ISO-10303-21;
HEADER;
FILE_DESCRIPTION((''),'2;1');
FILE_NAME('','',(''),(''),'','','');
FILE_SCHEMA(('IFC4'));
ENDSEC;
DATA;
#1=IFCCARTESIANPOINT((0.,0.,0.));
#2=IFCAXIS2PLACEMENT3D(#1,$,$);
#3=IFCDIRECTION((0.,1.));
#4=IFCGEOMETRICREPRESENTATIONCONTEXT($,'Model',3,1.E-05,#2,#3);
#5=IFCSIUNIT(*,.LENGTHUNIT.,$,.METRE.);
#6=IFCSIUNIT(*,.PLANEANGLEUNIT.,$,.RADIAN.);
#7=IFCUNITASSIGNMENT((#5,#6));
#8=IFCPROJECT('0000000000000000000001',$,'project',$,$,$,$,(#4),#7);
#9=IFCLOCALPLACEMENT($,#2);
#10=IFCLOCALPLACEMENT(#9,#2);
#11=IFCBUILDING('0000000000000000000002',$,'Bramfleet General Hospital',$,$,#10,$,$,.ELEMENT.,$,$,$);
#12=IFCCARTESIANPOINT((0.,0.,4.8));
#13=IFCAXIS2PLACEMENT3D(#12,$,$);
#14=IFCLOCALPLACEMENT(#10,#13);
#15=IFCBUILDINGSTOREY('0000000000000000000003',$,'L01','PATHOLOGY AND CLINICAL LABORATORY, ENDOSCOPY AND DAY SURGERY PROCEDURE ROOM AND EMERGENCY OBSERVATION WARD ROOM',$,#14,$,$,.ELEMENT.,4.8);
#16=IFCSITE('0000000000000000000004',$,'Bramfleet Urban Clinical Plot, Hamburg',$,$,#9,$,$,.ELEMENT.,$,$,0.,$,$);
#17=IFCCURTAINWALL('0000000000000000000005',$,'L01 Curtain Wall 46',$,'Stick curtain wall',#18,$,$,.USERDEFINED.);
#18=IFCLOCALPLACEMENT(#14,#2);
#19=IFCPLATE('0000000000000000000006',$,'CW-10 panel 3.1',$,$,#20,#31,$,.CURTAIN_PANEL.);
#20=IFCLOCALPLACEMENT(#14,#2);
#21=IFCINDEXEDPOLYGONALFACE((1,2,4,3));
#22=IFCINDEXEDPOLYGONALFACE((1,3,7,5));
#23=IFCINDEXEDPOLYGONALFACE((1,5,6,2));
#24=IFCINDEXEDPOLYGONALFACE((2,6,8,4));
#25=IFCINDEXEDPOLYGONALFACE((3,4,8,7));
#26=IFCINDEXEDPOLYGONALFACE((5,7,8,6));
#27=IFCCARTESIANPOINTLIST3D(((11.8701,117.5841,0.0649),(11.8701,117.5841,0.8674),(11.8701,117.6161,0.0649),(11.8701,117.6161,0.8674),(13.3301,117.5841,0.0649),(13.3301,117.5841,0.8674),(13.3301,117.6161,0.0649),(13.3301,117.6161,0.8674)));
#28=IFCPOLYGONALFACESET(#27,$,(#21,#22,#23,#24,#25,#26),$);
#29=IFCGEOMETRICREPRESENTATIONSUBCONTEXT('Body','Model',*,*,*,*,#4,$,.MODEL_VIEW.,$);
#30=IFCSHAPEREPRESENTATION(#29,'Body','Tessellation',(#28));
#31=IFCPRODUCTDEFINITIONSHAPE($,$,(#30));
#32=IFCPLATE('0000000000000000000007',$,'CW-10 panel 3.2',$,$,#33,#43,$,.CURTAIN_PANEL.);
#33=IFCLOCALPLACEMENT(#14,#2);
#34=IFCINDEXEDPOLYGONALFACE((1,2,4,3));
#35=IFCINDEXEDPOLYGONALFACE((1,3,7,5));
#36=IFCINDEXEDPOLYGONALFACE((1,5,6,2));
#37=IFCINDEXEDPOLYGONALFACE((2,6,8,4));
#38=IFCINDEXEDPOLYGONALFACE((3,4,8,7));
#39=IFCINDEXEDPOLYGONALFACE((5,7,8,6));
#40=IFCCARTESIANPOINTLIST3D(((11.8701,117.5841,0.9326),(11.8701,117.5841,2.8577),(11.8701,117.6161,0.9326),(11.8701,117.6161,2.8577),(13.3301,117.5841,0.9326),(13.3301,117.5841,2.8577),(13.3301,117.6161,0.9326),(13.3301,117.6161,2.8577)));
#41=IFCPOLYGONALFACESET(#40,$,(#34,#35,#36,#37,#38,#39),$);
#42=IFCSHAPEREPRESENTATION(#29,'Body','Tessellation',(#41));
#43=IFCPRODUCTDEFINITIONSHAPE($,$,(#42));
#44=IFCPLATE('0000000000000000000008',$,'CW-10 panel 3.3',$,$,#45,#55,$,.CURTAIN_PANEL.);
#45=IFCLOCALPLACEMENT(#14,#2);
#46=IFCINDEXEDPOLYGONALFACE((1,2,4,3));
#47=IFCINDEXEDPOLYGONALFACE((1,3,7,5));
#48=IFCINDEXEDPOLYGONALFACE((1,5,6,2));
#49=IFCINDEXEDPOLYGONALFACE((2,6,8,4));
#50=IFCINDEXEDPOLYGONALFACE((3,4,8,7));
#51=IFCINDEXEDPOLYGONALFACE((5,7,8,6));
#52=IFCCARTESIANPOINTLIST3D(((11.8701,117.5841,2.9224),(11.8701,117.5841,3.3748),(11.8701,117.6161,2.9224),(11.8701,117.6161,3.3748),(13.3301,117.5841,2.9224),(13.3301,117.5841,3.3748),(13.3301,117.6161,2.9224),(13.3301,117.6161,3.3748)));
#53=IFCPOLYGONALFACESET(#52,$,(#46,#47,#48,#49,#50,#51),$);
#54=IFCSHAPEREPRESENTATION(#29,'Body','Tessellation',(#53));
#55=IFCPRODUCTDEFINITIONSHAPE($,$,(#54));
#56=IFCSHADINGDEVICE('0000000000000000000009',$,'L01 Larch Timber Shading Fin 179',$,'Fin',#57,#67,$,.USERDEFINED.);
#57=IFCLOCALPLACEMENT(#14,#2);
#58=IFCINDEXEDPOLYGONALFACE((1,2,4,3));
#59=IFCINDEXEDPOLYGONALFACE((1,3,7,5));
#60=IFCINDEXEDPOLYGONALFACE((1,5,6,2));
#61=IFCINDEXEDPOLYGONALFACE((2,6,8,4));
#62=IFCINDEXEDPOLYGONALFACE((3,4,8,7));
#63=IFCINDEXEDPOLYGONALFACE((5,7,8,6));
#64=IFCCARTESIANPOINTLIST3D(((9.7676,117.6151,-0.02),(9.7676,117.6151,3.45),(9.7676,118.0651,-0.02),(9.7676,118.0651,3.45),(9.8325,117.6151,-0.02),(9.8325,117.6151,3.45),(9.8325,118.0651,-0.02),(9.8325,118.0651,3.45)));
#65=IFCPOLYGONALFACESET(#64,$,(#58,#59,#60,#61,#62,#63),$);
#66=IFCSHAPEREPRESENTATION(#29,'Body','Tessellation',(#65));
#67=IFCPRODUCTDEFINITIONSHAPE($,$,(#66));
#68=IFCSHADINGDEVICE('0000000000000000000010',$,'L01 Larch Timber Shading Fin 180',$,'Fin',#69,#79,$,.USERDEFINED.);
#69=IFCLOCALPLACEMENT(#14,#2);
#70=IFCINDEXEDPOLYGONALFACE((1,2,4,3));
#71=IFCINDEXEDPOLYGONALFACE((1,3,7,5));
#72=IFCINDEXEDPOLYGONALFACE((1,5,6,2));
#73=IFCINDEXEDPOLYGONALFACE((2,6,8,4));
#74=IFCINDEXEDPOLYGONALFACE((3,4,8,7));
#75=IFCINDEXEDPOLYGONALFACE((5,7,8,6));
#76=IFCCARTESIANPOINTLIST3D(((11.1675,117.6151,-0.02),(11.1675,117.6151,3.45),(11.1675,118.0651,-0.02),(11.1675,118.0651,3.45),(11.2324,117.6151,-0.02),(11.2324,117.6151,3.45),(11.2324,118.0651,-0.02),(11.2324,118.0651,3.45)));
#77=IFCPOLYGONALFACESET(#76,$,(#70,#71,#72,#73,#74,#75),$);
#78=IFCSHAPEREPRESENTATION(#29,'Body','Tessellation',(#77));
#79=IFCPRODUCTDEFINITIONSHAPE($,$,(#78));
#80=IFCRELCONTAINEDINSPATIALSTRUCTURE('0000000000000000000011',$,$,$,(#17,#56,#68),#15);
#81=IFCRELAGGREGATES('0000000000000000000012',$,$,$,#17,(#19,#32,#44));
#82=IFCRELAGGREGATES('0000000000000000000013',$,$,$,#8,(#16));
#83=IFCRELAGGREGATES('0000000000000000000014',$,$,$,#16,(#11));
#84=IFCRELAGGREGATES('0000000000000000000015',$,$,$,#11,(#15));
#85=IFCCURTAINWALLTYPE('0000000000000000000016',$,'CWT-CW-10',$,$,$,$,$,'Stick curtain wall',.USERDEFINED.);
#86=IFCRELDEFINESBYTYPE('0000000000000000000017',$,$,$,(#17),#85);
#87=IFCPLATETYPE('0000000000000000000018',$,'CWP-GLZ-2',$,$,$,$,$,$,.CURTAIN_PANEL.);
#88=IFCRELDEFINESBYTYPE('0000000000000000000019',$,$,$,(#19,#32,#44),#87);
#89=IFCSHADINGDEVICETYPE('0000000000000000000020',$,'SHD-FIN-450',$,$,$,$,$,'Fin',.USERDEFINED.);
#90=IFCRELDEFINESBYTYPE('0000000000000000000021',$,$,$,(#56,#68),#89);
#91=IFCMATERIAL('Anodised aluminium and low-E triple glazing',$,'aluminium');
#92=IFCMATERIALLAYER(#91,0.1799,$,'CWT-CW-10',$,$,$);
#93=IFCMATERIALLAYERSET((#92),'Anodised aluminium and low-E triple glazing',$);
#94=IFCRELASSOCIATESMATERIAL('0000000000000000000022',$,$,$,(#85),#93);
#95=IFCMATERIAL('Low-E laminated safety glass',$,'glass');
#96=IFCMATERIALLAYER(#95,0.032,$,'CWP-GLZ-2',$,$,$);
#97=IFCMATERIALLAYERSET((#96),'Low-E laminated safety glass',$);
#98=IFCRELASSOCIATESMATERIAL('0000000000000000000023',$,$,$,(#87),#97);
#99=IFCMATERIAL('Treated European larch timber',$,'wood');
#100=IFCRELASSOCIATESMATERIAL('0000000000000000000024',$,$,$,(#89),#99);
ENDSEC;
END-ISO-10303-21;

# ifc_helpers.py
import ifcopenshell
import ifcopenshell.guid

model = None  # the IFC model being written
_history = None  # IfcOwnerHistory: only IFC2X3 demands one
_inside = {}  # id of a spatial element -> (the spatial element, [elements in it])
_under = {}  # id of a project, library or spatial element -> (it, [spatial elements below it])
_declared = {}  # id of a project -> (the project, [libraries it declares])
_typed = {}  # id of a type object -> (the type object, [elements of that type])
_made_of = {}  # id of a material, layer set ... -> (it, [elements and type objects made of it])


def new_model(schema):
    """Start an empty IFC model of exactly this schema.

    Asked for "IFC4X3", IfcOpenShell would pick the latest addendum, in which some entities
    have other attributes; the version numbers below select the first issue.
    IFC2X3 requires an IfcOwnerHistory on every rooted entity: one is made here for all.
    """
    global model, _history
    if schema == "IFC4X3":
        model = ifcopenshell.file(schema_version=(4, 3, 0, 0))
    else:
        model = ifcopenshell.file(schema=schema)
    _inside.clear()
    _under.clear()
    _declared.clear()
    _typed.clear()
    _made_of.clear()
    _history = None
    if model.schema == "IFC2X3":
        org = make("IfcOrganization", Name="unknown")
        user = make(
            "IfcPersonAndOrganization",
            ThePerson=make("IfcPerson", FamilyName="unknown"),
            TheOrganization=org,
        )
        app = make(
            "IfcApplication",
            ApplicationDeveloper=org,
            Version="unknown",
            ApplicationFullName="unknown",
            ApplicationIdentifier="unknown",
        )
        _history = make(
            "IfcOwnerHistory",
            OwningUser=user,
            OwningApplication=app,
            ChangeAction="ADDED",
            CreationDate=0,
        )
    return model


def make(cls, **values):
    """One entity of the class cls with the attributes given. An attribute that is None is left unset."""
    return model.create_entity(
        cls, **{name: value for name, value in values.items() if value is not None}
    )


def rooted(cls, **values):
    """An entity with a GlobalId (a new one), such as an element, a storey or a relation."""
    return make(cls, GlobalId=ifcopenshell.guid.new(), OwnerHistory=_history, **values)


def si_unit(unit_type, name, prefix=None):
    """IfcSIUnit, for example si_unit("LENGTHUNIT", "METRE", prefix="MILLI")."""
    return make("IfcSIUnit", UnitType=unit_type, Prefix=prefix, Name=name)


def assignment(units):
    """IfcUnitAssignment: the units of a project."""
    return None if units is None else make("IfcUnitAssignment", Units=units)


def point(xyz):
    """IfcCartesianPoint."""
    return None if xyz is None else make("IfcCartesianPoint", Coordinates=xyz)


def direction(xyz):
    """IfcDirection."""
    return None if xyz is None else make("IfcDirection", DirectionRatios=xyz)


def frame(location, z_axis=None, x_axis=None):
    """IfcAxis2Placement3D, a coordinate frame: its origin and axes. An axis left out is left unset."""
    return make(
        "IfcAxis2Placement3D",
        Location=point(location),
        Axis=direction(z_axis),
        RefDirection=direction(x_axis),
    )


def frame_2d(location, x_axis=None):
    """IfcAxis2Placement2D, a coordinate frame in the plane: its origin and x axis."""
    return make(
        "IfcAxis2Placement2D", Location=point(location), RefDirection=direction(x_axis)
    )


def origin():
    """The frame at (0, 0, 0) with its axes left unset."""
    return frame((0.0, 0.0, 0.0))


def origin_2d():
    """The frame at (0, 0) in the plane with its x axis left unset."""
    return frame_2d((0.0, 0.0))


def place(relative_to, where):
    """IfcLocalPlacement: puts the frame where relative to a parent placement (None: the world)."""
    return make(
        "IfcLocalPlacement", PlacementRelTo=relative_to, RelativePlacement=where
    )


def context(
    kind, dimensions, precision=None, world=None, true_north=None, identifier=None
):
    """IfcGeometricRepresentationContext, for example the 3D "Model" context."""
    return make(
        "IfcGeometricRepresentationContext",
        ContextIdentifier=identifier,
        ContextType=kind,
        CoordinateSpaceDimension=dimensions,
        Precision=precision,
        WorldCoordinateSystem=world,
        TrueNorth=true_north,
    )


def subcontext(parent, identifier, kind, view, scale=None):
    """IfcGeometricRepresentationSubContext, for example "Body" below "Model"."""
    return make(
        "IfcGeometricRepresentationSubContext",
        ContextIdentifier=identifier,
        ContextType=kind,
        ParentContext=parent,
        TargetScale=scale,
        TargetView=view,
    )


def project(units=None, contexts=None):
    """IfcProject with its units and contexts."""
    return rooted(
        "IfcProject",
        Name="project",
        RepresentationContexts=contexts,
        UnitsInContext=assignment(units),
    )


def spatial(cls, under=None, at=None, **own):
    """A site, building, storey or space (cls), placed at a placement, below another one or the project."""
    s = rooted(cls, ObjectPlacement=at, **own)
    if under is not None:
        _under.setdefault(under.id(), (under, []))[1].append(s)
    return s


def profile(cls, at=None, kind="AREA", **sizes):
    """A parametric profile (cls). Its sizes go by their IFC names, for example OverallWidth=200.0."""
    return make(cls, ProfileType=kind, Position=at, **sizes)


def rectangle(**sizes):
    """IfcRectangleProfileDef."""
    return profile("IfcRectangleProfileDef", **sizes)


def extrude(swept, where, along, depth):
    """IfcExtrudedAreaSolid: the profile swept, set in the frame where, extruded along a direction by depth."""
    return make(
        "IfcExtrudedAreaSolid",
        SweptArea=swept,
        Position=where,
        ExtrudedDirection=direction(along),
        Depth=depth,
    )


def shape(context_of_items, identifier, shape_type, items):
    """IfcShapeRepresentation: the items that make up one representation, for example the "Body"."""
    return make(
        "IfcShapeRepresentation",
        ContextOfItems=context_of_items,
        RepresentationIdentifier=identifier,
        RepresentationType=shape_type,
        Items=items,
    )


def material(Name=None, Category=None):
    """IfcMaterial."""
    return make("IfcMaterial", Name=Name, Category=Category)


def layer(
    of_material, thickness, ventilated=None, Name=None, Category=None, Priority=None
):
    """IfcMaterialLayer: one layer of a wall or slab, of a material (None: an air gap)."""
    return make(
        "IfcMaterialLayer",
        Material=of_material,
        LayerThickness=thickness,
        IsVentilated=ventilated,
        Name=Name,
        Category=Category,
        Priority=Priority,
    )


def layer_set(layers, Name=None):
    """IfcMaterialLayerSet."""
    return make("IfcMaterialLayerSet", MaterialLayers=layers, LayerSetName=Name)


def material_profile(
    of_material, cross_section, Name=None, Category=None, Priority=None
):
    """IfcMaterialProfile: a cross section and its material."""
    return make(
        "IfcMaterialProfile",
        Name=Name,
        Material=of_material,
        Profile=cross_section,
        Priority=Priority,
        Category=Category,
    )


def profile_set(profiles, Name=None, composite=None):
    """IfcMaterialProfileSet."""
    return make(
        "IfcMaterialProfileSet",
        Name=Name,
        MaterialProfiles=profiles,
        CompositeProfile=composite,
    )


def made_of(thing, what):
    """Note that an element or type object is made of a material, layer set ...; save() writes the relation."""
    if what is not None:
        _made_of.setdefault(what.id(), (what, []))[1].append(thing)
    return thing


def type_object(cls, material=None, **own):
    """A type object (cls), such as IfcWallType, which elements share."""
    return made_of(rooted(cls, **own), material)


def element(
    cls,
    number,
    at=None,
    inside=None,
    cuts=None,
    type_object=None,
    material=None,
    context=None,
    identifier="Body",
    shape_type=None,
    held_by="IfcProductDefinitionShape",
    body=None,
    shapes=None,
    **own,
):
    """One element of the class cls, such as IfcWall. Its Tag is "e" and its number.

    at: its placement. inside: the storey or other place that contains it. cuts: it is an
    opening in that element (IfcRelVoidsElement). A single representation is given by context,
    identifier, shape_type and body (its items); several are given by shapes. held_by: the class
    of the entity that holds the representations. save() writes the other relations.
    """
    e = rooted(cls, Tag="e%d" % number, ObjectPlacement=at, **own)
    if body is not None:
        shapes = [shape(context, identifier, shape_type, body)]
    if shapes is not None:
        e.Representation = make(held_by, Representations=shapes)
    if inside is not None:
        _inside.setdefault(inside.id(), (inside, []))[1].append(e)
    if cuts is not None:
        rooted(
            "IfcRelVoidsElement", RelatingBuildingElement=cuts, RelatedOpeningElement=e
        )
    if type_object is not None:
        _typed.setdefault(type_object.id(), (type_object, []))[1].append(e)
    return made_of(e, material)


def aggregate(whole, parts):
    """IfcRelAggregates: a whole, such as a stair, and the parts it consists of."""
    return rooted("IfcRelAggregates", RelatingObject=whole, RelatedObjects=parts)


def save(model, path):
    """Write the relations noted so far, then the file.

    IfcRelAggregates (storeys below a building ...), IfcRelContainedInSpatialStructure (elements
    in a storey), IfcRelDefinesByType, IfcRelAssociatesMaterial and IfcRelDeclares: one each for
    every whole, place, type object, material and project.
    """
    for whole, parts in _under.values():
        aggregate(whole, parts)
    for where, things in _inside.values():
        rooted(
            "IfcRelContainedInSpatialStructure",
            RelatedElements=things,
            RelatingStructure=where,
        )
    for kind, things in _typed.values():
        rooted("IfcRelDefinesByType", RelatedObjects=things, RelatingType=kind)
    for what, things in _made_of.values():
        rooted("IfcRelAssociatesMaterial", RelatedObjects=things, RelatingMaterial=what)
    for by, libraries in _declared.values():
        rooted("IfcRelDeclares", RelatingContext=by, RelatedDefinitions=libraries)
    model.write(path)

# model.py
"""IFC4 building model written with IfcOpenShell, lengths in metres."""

from ifc_helpers import new_model, si_unit, direction, frame, origin, origin_2d, place, context, subcontext, project, spatial, rectangle, extrude, material, layer, layer_set, material_profile, profile_set, type_object, element, aggregate, save


model = new_model("IFC4")

# Units and contexts
model_context = context("Model", 3, precision=1e-05, world=origin(), true_north=direction((0.0, 1.0)))
body_context = subcontext(model_context, "Body", "Model", "MODEL_VIEW")
ifc_project = project(units=[si_unit("LENGTHUNIT", "METRE"), si_unit("PLANEANGLEUNIT", "RADIAN")], contexts=[model_context])

# Site, building, storey
site_placement = place(None, origin())
site = spatial("IfcSite", under=ifc_project, at=site_placement, Name="Bramfleet Urban Clinical Plot, Hamburg", CompositionType="ELEMENT", RefElevation=0.0)
building_placement = place(site_placement, origin())
building = spatial("IfcBuilding", under=site, at=building_placement, Name="Bramfleet General Hospital", CompositionType="ELEMENT")
storey_placement = place(building_placement, frame((0.0, 0.0, 4.8)))
storey = spatial("IfcBuildingStorey", under=building, at=storey_placement, Name="L01", Description="PATHOLOGY AND CLINICAL LABORATORY, ENDOSCOPY AND DAY SURGERY PROCEDURE ROOM AND EMERGENCY OBSERVATION WARD ROOM", CompositionType="ELEMENT", Elevation=4.8)

# Curtain wall, plates
ifc_material_1 = material(Name="Anodised aluminium and low-E triple glazing", Category="aluminium")
ifc_layer_1 = layer(ifc_material_1, 0.1799, Name="CWT-CW-10")
ifc_layer_set_1 = layer_set([ifc_layer_1], Name="Anodised aluminium and low-E triple glazing")
curtain_wall_type = type_object("IfcCurtainWallType", Name="CWT-CW-10", ElementType="Stick curtain wall", PredefinedType="USERDEFINED", material=ifc_layer_set_1)
curtain_wall_placement = place(storey_placement, origin())
curtain_wall = element("IfcCurtainWall", 1, at=curtain_wall_placement, inside=storey, type_object=curtain_wall_type, Name="L01 Curtain Wall 46", ObjectType="Stick curtain wall", PredefinedType="USERDEFINED")
ifc_material_2 = material(Name="Low-E laminated safety glass", Category="glass")
ifc_layer_2 = layer(ifc_material_2, 0.032, Name="CWP-GLZ-2")
ifc_layer_set_2 = layer_set([ifc_layer_2], Name="Low-E laminated safety glass")
plate_type = type_object("IfcPlateType", Name="CWP-GLZ-2", PredefinedType="CURTAIN_PANEL", material=ifc_layer_set_2)
plate_1_placement = place(storey_placement, frame((12.6001, 117.6001, 0.0649), z_axis=(0.0, 0.0, 1.0), x_axis=(1.0, 0.0, 0.0)))
plate_1 = element("IfcPlate", 2, at=plate_1_placement, type_object=plate_type, Name="CW-10 panel 3.1", PredefinedType="CURTAIN_PANEL", context=body_context, shape_type="SweptSolid", body=[
    extrude(rectangle(XDim=1.46, YDim=0.032, at=origin_2d()), origin(), (0.0, 0.0, 1.0), 0.8025),
])
plate_2_placement = place(storey_placement, frame((12.6001, 117.6001, 0.9326), z_axis=(0.0, 0.0, 1.0), x_axis=(1.0, 0.0, 0.0)))
plate_2 = element("IfcPlate", 3, at=plate_2_placement, type_object=plate_type, Name="CW-10 panel 3.2", PredefinedType="CURTAIN_PANEL", context=body_context, shape_type="SweptSolid", body=[
    extrude(rectangle(XDim=1.46, YDim=0.032, at=origin_2d()), origin(), (0.0, 0.0, 1.0), 1.925),
])
plate_3_placement = place(storey_placement, frame((12.6001, 117.6001, 2.9224), z_axis=(0.0, 0.0, 1.0), x_axis=(1.0, 0.0, 0.0)))
plate_3 = element("IfcPlate", 4, at=plate_3_placement, type_object=plate_type, Name="CW-10 panel 3.3", PredefinedType="CURTAIN_PANEL", context=body_context, shape_type="SweptSolid", body=[
    extrude(rectangle(XDim=1.46, YDim=0.032, at=origin_2d()), origin(), (0.0, 0.0, 1.0), 0.4524),
])
aggregate(curtain_wall, [plate_1, plate_2, plate_3])

# Shading devices
ifc_material_3 = material(Name="Treated European larch timber", Category="wood")
ifc_material_profile_1 = material_profile(ifc_material_3, rectangle(XDim=0.0649, YDim=0.45, at=origin_2d()), Name="LARCH FIN 450x65")
ifc_profile_set_1 = profile_set([ifc_material_profile_1], Name="Treated European larch timber")
shading_device_type = type_object("IfcShadingDeviceType", Name="SHD-FIN-450", ElementType="Fin", PredefinedType="USERDEFINED", material=ifc_profile_set_1)
for number, where, z_axis, x_axis, name in (
    (5, (9.8, 117.8401, -0.02), (0.0, 0.0, 1.0), (1.0, 0.0, 0.0), "L01 Larch Timber Shading Fin 179"),
    (6, (11.2, 117.8401, -0.02), (0.0, 0.0, 1.0), (1.0, 0.0, 0.0), "L01 Larch Timber Shading Fin 180"),
):
    element("IfcShadingDevice", number, at=place(storey_placement, frame(where, z_axis=z_axis, x_axis=x_axis)), inside=storey, type_object=shading_device_type, Name=name, ObjectType="Fin", PredefinedType="USERDEFINED", context=body_context, shape_type="SweptSolid", body=[
        extrude(rectangle(XDim=0.0649, YDim=0.45, at=origin_2d()), origin(), (0.0, 0.0, 1.0), 3.47),
    ])

save(model, "model.ifc")
